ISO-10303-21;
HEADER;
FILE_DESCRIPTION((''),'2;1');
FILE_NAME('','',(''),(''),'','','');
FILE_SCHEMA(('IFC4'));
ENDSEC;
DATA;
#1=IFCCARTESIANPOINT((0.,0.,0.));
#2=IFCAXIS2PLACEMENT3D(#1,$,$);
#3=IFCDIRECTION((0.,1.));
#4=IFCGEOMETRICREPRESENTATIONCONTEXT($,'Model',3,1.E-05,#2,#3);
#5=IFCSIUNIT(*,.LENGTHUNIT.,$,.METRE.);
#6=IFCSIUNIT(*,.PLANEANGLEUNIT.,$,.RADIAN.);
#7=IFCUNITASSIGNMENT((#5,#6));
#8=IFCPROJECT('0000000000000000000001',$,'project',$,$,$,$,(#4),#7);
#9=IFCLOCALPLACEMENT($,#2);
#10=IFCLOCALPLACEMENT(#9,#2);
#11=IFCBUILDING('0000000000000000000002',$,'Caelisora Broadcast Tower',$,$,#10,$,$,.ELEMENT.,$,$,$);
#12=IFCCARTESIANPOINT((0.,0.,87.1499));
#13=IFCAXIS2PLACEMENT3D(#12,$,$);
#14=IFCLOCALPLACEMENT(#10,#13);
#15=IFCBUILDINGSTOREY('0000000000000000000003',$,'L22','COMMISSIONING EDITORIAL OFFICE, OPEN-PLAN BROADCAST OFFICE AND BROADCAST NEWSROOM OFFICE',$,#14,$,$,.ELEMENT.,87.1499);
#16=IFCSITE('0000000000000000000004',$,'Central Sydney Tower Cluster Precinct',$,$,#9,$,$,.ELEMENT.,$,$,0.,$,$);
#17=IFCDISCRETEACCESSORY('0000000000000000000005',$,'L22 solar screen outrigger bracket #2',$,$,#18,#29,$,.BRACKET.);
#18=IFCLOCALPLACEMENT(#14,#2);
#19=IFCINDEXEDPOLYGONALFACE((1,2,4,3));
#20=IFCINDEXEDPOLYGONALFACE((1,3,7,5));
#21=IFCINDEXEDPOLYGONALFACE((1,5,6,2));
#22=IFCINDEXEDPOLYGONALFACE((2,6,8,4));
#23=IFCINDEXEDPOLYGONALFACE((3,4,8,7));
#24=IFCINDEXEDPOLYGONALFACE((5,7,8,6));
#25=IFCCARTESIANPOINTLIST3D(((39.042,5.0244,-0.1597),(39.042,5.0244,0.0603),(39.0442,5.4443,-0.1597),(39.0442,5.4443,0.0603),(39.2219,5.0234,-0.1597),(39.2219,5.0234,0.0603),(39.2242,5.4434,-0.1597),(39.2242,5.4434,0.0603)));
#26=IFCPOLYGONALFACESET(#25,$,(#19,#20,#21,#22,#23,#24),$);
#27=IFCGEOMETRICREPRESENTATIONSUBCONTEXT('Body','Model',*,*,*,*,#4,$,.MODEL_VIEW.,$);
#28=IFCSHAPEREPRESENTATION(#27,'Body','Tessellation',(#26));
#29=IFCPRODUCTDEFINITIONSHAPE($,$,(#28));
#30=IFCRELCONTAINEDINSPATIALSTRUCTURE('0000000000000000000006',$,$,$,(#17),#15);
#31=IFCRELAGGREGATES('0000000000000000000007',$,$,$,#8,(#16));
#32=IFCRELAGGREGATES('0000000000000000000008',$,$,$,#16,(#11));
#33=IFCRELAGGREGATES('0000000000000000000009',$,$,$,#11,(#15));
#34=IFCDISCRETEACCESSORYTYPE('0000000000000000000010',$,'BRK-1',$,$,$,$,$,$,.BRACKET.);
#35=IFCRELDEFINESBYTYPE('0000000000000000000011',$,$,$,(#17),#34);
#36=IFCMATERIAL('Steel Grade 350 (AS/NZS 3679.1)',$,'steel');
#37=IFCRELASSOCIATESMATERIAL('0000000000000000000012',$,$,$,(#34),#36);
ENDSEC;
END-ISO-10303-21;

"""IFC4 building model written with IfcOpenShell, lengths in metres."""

from ifc_helpers import new_model, si_unit, direction, frame, origin, origin_2d, place, context, subcontext, project, spatial, rectangle, extrude, source, transform, mapped, material, type_object, type_shapes, element, save


model = new_model("IFC4")

# Units and contexts
model_context = context("Model", 3, precision=1e-05, world=origin(), true_north=direction((0.0, 1.0)))
body_context = subcontext(model_context, "Body", "Model", "MODEL_VIEW")
ifc_project = project(units=[si_unit("LENGTHUNIT", "METRE"), si_unit("PLANEANGLEUNIT", "RADIAN")], contexts=[model_context])

# Site, building, storey
site_placement = place(None, origin())
site = spatial("IfcSite", under=ifc_project, at=site_placement, Name="Central Sydney Tower Cluster Precinct", CompositionType="ELEMENT", RefElevation=0.0)
building_placement = place(site_placement, origin())
building = spatial("IfcBuilding", under=site, at=building_placement, Name="Caelisora Broadcast Tower", CompositionType="ELEMENT")
storey_placement = place(building_placement, frame((0.0, 0.0, 87.1499)))
storey = spatial("IfcBuildingStorey", under=building, at=storey_placement, Name="L22", Description="COMMISSIONING EDITORIAL OFFICE, OPEN-PLAN BROADCAST OFFICE AND BROADCAST NEWSROOM OFFICE", CompositionType="ELEMENT", Elevation=87.1499)

# Shared definitions
ifc_material_1 = material(Name="Steel Grade 350 (AS/NZS 3679.1)", Category="steel")

# Discrete accessory
discrete_accessory_type = type_object("IfcDiscreteAccessoryType", Name="BRK-1", PredefinedType="BRACKET", material=ifc_material_1)
shared_shape_1 = source(origin(), body_context, "Body", "SweptSolid", [
    extrude(rectangle(XDim=0.1799, YDim=0.4199, at=origin_2d()), origin(), (0.0, 0.0, 1.0), 0.22),
])
type_shapes(discrete_accessory_type, [shared_shape_1])
discrete_accessory_placement = place(storey_placement, frame((39.1331, 5.2339, -0.1597), z_axis=(0.0, 0.0, 1.0), x_axis=(0.999985, -0.00541, 0.0)))
element("IfcDiscreteAccessory", 1, at=discrete_accessory_placement, inside=storey, type_object=discrete_accessory_type, Name="L22 solar screen outrigger bracket #2", PredefinedType="BRACKET", context=body_context, shape_type="MappedRepresentation", body=[
    mapped(shared_shape_1, transform((0.0, 0.0, 0.0), scale=1.0)),
])

save(model, "model.ifc")
